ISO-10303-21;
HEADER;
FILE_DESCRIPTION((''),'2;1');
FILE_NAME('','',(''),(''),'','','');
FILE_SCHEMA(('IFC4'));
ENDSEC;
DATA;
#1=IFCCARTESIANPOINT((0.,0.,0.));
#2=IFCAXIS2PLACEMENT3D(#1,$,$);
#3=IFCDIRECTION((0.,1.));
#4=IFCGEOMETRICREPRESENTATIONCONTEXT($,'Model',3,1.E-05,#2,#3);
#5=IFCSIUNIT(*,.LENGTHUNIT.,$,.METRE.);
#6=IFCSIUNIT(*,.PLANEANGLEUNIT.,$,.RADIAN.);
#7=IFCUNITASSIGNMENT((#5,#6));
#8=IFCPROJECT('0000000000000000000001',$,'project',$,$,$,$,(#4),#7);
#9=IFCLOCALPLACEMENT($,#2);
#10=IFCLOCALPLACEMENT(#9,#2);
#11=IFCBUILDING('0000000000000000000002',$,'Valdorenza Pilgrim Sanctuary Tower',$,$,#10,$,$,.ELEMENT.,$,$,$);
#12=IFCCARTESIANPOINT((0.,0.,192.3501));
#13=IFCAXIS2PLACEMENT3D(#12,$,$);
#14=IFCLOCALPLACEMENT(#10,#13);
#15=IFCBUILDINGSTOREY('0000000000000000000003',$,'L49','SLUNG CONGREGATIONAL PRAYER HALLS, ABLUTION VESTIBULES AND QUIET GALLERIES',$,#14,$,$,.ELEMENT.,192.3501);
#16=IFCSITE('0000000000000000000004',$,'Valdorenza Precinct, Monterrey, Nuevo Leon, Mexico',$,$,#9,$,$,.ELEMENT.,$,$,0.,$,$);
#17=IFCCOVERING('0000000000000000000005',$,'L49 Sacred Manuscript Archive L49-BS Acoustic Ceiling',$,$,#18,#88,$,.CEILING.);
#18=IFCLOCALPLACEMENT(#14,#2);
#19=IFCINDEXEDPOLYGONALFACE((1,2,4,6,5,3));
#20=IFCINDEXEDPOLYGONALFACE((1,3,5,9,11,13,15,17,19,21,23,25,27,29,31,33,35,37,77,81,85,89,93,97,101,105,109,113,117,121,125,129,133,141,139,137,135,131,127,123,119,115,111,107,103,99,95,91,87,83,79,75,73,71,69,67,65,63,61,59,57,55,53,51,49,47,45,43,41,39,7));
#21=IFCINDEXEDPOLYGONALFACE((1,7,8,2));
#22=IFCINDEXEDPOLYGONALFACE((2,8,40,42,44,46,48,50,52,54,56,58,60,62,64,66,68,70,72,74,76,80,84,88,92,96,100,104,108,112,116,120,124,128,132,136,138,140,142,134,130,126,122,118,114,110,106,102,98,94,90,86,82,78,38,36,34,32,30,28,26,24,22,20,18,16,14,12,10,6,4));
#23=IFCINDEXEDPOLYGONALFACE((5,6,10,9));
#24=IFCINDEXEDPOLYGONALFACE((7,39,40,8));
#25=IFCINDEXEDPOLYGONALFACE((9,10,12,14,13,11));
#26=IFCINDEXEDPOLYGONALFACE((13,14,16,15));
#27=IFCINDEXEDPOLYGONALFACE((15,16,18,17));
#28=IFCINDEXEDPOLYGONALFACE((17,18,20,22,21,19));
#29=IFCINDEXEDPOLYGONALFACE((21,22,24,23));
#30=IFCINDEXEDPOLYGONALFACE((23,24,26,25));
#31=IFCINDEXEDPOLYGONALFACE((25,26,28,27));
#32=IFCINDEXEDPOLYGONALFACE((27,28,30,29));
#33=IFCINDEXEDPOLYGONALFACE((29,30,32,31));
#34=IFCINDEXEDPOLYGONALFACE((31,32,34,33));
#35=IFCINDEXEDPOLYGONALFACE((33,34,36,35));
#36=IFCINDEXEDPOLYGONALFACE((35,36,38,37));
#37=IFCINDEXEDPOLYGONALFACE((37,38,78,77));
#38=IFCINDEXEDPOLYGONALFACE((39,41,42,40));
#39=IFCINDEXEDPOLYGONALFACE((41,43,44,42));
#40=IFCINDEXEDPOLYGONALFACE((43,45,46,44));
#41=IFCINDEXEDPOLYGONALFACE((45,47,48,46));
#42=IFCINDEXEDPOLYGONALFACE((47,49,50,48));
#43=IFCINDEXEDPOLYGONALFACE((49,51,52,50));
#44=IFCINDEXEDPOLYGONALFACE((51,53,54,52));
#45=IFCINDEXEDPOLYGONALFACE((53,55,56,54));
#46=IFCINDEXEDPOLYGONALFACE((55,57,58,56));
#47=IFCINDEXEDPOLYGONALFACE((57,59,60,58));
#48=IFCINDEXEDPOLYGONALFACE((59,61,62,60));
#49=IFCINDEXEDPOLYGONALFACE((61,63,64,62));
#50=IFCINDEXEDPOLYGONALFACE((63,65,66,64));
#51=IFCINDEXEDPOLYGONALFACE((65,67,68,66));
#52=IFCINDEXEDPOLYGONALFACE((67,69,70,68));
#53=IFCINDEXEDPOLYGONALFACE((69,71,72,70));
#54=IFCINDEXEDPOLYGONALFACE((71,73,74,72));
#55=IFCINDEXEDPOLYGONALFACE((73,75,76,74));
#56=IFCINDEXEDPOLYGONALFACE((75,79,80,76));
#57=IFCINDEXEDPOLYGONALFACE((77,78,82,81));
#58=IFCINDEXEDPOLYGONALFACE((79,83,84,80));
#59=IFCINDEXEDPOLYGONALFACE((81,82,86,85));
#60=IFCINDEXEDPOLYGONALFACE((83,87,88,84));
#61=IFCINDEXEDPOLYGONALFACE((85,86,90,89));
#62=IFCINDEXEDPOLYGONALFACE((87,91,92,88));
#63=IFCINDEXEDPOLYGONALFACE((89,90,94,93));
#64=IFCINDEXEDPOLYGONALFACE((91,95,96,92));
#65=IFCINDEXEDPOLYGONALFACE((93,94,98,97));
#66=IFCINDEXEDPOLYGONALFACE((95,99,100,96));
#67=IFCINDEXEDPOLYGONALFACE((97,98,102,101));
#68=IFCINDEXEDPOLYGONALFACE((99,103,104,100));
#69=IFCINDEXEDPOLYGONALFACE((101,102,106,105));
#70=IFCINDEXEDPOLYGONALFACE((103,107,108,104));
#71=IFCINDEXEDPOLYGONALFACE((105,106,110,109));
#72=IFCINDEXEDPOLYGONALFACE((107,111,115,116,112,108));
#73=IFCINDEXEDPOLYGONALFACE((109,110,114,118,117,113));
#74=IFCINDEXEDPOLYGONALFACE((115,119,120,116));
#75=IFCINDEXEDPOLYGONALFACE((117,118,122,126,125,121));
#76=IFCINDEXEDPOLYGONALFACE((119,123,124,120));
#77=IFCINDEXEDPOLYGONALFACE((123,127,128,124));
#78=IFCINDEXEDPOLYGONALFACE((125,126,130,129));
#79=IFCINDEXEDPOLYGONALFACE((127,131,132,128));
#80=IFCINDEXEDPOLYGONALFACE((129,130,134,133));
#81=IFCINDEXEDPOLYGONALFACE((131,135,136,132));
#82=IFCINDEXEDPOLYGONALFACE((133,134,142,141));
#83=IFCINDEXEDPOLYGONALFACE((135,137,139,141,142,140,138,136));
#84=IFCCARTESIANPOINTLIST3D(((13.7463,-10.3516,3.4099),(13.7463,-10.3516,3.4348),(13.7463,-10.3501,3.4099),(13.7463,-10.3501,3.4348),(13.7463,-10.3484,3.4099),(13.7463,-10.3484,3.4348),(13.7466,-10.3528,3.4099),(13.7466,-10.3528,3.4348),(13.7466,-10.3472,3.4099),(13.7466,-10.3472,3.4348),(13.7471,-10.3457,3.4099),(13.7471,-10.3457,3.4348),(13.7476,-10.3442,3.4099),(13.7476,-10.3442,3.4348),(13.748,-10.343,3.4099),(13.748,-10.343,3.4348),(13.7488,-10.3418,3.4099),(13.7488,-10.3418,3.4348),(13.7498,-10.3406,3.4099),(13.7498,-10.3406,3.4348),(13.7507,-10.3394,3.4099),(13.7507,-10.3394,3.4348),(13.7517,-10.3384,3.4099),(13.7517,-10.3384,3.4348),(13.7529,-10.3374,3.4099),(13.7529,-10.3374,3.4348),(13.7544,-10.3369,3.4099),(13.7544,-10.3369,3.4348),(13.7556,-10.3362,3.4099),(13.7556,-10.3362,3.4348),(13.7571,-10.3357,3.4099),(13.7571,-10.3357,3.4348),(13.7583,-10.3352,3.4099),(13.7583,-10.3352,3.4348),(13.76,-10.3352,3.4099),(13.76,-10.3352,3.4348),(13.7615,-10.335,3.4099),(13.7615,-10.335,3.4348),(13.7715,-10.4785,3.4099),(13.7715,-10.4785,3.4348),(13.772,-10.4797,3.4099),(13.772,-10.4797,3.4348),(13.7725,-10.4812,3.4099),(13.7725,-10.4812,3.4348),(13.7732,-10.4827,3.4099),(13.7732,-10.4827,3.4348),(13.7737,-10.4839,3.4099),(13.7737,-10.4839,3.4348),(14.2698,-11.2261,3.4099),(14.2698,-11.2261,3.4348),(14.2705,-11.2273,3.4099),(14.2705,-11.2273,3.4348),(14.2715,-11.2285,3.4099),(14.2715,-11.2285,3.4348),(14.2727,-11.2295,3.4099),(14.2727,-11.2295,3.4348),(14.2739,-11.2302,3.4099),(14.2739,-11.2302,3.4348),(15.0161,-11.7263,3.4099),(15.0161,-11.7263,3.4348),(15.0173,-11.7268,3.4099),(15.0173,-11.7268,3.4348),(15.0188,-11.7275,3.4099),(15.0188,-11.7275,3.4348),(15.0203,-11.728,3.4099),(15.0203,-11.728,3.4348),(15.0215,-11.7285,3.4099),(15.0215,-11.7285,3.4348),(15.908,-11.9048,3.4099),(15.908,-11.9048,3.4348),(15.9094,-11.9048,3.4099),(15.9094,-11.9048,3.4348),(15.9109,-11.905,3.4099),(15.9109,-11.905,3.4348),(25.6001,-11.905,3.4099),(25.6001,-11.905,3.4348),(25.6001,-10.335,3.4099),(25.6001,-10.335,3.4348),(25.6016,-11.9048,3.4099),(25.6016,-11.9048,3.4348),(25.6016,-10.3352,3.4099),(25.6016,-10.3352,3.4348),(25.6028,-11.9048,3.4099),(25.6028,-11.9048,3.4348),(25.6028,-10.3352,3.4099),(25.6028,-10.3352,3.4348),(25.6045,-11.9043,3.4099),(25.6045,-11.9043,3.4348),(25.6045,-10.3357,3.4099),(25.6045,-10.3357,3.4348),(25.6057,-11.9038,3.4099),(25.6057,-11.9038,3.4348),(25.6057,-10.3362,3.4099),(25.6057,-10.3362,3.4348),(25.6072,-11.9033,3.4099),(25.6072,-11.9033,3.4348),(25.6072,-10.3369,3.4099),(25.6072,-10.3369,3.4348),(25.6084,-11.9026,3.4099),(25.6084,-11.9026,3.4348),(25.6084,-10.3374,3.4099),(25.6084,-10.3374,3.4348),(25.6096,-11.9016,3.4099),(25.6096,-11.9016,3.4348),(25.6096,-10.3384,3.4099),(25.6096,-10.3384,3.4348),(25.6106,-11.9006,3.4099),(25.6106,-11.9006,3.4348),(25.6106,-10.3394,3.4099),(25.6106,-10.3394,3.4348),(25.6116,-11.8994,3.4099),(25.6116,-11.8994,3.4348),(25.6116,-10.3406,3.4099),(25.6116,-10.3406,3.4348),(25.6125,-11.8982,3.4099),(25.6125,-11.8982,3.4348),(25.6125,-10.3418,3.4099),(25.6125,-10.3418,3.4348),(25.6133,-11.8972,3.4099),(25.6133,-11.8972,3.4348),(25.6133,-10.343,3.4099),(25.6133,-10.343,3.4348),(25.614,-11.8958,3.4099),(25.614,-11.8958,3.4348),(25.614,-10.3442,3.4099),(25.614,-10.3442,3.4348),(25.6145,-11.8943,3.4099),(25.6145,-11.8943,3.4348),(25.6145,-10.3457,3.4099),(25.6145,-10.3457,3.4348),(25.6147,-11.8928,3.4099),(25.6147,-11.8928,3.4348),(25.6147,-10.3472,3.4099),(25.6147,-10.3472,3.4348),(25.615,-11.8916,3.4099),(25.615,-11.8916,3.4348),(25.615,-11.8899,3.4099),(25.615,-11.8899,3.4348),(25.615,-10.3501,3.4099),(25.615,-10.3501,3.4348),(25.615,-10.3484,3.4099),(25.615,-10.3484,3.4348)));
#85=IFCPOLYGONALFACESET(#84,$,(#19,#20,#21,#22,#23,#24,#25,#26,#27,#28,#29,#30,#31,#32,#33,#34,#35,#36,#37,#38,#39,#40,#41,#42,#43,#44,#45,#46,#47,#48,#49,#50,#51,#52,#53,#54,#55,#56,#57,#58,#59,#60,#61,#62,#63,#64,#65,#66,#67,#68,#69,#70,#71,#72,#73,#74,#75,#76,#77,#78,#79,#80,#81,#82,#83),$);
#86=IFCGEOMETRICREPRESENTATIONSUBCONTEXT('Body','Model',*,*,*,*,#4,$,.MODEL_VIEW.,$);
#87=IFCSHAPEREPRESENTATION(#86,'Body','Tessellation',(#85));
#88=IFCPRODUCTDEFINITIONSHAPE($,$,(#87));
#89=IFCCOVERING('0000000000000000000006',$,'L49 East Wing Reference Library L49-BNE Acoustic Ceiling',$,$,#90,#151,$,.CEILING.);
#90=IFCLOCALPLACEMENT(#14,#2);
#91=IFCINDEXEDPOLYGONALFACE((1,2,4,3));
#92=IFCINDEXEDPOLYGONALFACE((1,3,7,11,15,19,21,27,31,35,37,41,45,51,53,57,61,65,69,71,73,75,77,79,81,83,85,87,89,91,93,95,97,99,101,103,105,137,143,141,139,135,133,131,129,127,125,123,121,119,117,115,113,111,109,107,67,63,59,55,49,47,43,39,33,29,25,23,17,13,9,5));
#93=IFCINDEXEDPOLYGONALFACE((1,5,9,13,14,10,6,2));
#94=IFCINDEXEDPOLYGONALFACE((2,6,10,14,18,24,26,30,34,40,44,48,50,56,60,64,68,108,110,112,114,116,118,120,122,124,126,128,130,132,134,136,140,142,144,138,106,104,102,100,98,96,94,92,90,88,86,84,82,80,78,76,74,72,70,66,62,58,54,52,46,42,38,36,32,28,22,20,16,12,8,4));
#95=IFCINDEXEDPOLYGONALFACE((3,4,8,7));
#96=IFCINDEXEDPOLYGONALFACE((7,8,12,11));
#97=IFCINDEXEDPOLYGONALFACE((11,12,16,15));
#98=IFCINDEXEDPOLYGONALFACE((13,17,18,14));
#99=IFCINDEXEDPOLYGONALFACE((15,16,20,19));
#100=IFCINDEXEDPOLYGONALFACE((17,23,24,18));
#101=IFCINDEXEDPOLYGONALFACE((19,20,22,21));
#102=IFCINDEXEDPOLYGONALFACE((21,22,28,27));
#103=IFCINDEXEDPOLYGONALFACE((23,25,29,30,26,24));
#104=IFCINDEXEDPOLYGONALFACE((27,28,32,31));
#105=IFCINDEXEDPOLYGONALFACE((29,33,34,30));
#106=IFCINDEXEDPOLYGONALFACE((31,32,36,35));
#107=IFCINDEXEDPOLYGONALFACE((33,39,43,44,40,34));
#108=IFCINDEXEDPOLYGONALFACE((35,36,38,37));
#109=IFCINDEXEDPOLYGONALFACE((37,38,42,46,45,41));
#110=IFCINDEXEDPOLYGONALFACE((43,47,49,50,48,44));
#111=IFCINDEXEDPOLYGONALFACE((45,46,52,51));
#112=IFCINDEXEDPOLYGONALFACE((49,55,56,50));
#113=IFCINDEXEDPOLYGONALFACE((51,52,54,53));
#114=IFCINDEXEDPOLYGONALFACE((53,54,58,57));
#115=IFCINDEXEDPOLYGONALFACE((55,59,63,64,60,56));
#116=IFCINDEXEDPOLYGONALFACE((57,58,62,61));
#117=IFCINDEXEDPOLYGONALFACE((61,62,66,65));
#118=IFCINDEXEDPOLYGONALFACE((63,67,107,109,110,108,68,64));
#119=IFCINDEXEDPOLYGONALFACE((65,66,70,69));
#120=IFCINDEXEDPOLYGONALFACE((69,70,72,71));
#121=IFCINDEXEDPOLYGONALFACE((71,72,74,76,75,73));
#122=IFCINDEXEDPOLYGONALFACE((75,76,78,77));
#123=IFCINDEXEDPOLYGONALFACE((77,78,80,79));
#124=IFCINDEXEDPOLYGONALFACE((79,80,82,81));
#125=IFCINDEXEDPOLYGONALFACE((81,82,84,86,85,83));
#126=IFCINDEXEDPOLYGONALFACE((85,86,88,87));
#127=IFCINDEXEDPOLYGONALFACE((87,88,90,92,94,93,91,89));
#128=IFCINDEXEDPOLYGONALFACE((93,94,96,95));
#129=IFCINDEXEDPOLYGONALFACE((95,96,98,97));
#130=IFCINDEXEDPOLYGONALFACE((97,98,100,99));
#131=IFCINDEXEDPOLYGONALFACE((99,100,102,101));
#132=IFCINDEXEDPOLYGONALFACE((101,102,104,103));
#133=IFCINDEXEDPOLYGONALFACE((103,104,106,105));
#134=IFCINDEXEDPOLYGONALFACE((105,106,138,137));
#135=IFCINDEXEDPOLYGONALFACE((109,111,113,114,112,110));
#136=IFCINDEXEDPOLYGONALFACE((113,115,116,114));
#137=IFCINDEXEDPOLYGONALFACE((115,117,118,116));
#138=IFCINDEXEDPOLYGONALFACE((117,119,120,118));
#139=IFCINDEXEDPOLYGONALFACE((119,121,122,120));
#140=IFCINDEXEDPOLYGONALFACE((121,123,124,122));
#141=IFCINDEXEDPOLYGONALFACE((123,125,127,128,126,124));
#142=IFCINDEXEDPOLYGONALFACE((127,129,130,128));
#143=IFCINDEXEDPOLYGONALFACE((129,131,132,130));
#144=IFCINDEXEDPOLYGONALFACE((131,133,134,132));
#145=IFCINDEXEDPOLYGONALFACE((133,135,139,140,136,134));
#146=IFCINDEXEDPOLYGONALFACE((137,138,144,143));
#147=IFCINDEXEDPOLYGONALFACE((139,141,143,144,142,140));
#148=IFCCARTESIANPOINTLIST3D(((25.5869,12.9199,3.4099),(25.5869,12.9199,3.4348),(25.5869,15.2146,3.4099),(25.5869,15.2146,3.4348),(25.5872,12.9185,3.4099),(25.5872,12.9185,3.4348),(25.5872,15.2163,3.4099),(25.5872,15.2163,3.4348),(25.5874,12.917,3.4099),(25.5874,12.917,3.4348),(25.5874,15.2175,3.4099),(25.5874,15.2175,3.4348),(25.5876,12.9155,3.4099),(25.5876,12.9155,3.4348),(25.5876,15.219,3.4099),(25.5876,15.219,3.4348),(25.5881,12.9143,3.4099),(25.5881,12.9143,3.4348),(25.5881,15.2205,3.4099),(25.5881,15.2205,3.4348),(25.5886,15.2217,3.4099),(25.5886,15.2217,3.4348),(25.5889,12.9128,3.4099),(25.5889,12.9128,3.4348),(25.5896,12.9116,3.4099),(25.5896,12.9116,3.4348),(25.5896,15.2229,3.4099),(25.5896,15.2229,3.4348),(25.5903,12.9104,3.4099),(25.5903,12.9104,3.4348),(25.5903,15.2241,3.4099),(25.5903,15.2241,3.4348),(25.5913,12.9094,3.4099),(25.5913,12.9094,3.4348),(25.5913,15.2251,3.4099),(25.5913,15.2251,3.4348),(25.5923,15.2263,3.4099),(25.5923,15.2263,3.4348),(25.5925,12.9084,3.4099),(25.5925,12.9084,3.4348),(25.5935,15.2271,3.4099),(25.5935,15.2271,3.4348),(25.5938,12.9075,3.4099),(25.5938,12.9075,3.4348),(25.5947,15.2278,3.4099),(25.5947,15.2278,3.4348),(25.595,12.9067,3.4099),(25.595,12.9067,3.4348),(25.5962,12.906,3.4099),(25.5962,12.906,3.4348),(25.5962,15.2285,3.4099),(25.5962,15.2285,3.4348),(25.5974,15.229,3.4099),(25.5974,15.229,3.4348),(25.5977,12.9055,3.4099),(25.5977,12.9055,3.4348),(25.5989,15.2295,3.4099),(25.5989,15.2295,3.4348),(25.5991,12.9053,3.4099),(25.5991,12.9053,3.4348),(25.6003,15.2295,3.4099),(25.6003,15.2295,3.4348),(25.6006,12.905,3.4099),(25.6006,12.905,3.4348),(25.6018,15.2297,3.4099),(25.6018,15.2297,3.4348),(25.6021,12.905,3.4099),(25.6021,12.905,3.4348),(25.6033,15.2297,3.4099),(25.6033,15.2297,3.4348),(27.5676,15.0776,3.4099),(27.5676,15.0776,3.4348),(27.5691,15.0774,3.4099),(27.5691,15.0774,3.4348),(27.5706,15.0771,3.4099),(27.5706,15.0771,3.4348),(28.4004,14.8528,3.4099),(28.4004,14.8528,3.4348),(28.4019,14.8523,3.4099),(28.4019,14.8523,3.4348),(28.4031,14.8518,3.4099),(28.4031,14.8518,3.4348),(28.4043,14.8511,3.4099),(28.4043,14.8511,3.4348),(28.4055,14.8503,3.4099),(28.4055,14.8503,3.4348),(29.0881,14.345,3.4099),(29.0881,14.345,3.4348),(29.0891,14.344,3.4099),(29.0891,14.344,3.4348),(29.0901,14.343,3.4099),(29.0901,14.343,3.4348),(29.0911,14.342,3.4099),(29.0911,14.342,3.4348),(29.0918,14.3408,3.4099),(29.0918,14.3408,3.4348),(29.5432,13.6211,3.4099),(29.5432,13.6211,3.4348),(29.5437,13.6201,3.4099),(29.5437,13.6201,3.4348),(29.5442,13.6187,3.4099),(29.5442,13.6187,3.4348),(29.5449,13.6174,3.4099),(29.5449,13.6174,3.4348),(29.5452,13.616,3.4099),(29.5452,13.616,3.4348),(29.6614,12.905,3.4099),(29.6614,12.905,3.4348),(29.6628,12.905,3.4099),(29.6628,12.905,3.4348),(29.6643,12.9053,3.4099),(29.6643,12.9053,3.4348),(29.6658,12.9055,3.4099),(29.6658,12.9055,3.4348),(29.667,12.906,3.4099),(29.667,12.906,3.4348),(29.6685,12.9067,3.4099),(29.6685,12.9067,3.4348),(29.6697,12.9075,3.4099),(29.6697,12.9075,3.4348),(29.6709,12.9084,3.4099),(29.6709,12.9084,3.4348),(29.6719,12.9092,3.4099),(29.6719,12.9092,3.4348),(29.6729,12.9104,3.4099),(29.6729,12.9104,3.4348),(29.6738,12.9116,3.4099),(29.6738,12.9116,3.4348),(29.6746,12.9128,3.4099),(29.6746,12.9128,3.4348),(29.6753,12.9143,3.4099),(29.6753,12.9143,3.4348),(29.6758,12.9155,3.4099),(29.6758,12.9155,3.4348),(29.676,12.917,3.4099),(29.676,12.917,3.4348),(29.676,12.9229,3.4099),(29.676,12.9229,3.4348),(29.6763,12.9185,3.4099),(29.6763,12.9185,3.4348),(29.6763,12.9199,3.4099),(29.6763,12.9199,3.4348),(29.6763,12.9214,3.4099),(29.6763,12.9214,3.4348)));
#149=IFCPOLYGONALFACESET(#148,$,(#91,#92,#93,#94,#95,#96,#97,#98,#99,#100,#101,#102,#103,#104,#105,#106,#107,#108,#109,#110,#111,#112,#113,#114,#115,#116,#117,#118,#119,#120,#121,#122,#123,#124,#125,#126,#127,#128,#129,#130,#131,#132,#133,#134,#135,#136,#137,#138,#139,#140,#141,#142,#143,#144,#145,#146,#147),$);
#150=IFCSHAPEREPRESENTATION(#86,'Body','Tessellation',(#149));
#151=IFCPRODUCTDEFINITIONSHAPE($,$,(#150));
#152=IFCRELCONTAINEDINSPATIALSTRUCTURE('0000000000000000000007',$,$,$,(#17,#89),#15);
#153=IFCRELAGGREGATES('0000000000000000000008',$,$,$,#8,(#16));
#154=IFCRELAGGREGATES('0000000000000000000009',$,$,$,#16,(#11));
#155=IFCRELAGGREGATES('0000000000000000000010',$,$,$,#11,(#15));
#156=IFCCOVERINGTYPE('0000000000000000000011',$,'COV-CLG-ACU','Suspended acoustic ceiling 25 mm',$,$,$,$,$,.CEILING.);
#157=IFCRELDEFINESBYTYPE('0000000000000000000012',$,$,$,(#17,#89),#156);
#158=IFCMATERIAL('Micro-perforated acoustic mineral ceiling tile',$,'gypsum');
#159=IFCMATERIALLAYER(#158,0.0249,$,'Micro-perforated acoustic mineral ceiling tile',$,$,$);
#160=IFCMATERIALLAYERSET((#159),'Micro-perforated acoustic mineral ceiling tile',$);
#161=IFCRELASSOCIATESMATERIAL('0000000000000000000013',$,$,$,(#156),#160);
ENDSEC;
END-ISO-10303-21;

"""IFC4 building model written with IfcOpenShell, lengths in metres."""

from ifc_helpers import new_model, si_unit, direction, frame, origin, place, context, subcontext, project, spatial, polyline, outline, extrude, material, layer, layer_set, type_object, element, save


model = new_model("IFC4")

# Units and contexts
model_context = context("Model", 3, precision=1e-05, world=origin(), true_north=direction((0.0, 1.0)))
body_context = subcontext(model_context, "Body", "Model", "MODEL_VIEW")
ifc_project = project(units=[si_unit("LENGTHUNIT", "METRE"), si_unit("PLANEANGLEUNIT", "RADIAN")], contexts=[model_context])

# Site, building, storey
site_placement = place(None, origin())
site = spatial("IfcSite", under=ifc_project, at=site_placement, Name="Valdorenza Precinct, Monterrey, Nuevo Leon, Mexico", CompositionType="ELEMENT", RefElevation=0.0)
building_placement = place(site_placement, origin())
building = spatial("IfcBuilding", under=site, at=building_placement, Name="Valdorenza Pilgrim Sanctuary Tower", CompositionType="ELEMENT")
storey_placement = place(building_placement, frame((0.0, 0.0, 192.3501)))
storey = spatial("IfcBuildingStorey", under=building, at=storey_placement, Name="L49", Description="SLUNG CONGREGATIONAL PRAYER HALLS, ABLUTION VESTIBULES AND QUIET GALLERIES", CompositionType="ELEMENT", Elevation=192.3501)

# Coverings
ifc_material_1 = material(Name="Micro-perforated acoustic mineral ceiling tile", Category="gypsum")
ifc_layer_1 = layer(ifc_material_1, 0.0249, Name="Micro-perforated acoustic mineral ceiling tile")
ifc_layer_set_1 = layer_set([ifc_layer_1], Name="Micro-perforated acoustic mineral ceiling tile")
covering_type_1 = type_object("IfcCoveringType", Name="COV-CLG-ACU", Description="Suspended acoustic ceiling 25 mm", PredefinedType="CEILING", material=ifc_layer_set_1)
covering_1_placement = place(storey_placement, frame((0.0, 0.0, 3.4099)))
element("IfcCovering", 1, at=covering_1_placement, inside=storey, type_object=covering_type_1, Name="L49 Sacred Manuscript Archive L49-BS Acoustic Ceiling", PredefinedType="CEILING", context=body_context, shape_type="SweptSolid", body=[
    extrude(outline(polyline([(25.615, -11.8899), (25.615, -11.8916), (25.6147, -11.8928), (25.6145, -11.8943), (25.614, -11.8958), (25.6133, -11.8972), (25.6125, -11.8982), (25.6116, -11.8994), (25.6106, -11.9006), (25.6096, -11.9016), (25.6084, -11.9026), (25.6072, -11.9033), (25.6057, -11.9038), (25.6045, -11.9043), (25.6028, -11.9048), (25.6016, -11.9048), (25.6001, -11.905), (15.9109, -11.905), (15.9094, -11.9048), (15.908, -11.9048), (15.0215, -11.7285), (15.0203, -11.728), (15.0188, -11.7275), (15.0173, -11.7268), (15.0161, -11.7263), (14.2739, -11.2302), (14.2727, -11.2295), (14.2715, -11.2285), (14.2705, -11.2273), (14.2698, -11.2261), (13.7737, -10.4839), (13.7732, -10.4827), (13.7725, -10.4812), (13.772, -10.4797), (13.7715, -10.4785), (13.7466, -10.3528), (13.7463, -10.3516), (13.7463, -10.3501), (13.7463, -10.3484), (13.7466, -10.3472), (13.7471, -10.3457), (13.7476, -10.3442), (13.748, -10.343), (13.7488, -10.3418), (13.7498, -10.3406), (13.7507, -10.3394), (13.7517, -10.3384), (13.7529, -10.3374), (13.7544, -10.3369), (13.7556, -10.3362), (13.7571, -10.3357), (13.7583, -10.3352), (13.76, -10.3352), (13.7615, -10.335), (25.6001, -10.335), (25.6016, -10.3352), (25.6028, -10.3352), (25.6045, -10.3357), (25.6057, -10.3362), (25.6072, -10.3369), (25.6084, -10.3374), (25.6096, -10.3384), (25.6106, -10.3394), (25.6116, -10.3406), (25.6125, -10.3418), (25.6133, -10.343), (25.614, -10.3442), (25.6145, -10.3457), (25.6147, -10.3472), (25.615, -10.3484), (25.615, -10.3501), (25.615, -11.8899)])), origin(), (0.0, 0.0, 1.0), 0.0249),
])
covering_2_placement = place(storey_placement, frame((0.0, 0.0, 3.4099)))
element("IfcCovering", 2, at=covering_2_placement, inside=storey, type_object=covering_type_1, Name="L49 East Wing Reference Library L49-BNE Acoustic Ceiling", PredefinedType="CEILING", context=body_context, shape_type="SweptSolid", body=[
    extrude(outline(polyline([(27.5676, 15.0776), (27.5691, 15.0774), (27.5706, 15.0771), (28.4004, 14.8528), (28.4019, 14.8523), (28.4031, 14.8518), (28.4043, 14.8511), (28.4055, 14.8503), (29.0881, 14.345), (29.0891, 14.344), (29.0901, 14.343), (29.0911, 14.342), (29.0918, 14.3408), (29.5432, 13.6211), (29.5437, 13.6201), (29.5442, 13.6187), (29.5449, 13.6174), (29.5452, 13.616), (29.676, 12.9229), (29.6763, 12.9214), (29.6763, 12.9199), (29.6763, 12.9185), (29.676, 12.917), (29.6758, 12.9155), (29.6753, 12.9143), (29.6746, 12.9128), (29.6738, 12.9116), (29.6729, 12.9104), (29.6719, 12.9092), (29.6709, 12.9084), (29.6697, 12.9075), (29.6685, 12.9067), (29.667, 12.906), (29.6658, 12.9055), (29.6643, 12.9053), (29.6628, 12.905), (29.6614, 12.905), (25.6021, 12.905), (25.6006, 12.905), (25.5991, 12.9053), (25.5977, 12.9055), (25.5962, 12.906), (25.595, 12.9067), (25.5938, 12.9075), (25.5925, 12.9084), (25.5913, 12.9094), (25.5903, 12.9104), (25.5896, 12.9116), (25.5889, 12.9128), (25.5881, 12.9143), (25.5876, 12.9155), (25.5874, 12.917), (25.5872, 12.9185), (25.5869, 12.9199), (25.5869, 15.2146), (25.5872, 15.2163), (25.5874, 15.2175), (25.5876, 15.219), (25.5881, 15.2205), (25.5886, 15.2217), (25.5896, 15.2229), (25.5903, 15.2241), (25.5913, 15.2251), (25.5923, 15.2263), (25.5935, 15.2271), (25.5947, 15.2278), (25.5962, 15.2285), (25.5974, 15.229), (25.5989, 15.2295), (25.6003, 15.2295), (25.6018, 15.2297), (25.6033, 15.2297), (27.5676, 15.0776)])), origin(), (0.0, 0.0, 1.0), 0.0249),
])

save(model, "model.ifc")
